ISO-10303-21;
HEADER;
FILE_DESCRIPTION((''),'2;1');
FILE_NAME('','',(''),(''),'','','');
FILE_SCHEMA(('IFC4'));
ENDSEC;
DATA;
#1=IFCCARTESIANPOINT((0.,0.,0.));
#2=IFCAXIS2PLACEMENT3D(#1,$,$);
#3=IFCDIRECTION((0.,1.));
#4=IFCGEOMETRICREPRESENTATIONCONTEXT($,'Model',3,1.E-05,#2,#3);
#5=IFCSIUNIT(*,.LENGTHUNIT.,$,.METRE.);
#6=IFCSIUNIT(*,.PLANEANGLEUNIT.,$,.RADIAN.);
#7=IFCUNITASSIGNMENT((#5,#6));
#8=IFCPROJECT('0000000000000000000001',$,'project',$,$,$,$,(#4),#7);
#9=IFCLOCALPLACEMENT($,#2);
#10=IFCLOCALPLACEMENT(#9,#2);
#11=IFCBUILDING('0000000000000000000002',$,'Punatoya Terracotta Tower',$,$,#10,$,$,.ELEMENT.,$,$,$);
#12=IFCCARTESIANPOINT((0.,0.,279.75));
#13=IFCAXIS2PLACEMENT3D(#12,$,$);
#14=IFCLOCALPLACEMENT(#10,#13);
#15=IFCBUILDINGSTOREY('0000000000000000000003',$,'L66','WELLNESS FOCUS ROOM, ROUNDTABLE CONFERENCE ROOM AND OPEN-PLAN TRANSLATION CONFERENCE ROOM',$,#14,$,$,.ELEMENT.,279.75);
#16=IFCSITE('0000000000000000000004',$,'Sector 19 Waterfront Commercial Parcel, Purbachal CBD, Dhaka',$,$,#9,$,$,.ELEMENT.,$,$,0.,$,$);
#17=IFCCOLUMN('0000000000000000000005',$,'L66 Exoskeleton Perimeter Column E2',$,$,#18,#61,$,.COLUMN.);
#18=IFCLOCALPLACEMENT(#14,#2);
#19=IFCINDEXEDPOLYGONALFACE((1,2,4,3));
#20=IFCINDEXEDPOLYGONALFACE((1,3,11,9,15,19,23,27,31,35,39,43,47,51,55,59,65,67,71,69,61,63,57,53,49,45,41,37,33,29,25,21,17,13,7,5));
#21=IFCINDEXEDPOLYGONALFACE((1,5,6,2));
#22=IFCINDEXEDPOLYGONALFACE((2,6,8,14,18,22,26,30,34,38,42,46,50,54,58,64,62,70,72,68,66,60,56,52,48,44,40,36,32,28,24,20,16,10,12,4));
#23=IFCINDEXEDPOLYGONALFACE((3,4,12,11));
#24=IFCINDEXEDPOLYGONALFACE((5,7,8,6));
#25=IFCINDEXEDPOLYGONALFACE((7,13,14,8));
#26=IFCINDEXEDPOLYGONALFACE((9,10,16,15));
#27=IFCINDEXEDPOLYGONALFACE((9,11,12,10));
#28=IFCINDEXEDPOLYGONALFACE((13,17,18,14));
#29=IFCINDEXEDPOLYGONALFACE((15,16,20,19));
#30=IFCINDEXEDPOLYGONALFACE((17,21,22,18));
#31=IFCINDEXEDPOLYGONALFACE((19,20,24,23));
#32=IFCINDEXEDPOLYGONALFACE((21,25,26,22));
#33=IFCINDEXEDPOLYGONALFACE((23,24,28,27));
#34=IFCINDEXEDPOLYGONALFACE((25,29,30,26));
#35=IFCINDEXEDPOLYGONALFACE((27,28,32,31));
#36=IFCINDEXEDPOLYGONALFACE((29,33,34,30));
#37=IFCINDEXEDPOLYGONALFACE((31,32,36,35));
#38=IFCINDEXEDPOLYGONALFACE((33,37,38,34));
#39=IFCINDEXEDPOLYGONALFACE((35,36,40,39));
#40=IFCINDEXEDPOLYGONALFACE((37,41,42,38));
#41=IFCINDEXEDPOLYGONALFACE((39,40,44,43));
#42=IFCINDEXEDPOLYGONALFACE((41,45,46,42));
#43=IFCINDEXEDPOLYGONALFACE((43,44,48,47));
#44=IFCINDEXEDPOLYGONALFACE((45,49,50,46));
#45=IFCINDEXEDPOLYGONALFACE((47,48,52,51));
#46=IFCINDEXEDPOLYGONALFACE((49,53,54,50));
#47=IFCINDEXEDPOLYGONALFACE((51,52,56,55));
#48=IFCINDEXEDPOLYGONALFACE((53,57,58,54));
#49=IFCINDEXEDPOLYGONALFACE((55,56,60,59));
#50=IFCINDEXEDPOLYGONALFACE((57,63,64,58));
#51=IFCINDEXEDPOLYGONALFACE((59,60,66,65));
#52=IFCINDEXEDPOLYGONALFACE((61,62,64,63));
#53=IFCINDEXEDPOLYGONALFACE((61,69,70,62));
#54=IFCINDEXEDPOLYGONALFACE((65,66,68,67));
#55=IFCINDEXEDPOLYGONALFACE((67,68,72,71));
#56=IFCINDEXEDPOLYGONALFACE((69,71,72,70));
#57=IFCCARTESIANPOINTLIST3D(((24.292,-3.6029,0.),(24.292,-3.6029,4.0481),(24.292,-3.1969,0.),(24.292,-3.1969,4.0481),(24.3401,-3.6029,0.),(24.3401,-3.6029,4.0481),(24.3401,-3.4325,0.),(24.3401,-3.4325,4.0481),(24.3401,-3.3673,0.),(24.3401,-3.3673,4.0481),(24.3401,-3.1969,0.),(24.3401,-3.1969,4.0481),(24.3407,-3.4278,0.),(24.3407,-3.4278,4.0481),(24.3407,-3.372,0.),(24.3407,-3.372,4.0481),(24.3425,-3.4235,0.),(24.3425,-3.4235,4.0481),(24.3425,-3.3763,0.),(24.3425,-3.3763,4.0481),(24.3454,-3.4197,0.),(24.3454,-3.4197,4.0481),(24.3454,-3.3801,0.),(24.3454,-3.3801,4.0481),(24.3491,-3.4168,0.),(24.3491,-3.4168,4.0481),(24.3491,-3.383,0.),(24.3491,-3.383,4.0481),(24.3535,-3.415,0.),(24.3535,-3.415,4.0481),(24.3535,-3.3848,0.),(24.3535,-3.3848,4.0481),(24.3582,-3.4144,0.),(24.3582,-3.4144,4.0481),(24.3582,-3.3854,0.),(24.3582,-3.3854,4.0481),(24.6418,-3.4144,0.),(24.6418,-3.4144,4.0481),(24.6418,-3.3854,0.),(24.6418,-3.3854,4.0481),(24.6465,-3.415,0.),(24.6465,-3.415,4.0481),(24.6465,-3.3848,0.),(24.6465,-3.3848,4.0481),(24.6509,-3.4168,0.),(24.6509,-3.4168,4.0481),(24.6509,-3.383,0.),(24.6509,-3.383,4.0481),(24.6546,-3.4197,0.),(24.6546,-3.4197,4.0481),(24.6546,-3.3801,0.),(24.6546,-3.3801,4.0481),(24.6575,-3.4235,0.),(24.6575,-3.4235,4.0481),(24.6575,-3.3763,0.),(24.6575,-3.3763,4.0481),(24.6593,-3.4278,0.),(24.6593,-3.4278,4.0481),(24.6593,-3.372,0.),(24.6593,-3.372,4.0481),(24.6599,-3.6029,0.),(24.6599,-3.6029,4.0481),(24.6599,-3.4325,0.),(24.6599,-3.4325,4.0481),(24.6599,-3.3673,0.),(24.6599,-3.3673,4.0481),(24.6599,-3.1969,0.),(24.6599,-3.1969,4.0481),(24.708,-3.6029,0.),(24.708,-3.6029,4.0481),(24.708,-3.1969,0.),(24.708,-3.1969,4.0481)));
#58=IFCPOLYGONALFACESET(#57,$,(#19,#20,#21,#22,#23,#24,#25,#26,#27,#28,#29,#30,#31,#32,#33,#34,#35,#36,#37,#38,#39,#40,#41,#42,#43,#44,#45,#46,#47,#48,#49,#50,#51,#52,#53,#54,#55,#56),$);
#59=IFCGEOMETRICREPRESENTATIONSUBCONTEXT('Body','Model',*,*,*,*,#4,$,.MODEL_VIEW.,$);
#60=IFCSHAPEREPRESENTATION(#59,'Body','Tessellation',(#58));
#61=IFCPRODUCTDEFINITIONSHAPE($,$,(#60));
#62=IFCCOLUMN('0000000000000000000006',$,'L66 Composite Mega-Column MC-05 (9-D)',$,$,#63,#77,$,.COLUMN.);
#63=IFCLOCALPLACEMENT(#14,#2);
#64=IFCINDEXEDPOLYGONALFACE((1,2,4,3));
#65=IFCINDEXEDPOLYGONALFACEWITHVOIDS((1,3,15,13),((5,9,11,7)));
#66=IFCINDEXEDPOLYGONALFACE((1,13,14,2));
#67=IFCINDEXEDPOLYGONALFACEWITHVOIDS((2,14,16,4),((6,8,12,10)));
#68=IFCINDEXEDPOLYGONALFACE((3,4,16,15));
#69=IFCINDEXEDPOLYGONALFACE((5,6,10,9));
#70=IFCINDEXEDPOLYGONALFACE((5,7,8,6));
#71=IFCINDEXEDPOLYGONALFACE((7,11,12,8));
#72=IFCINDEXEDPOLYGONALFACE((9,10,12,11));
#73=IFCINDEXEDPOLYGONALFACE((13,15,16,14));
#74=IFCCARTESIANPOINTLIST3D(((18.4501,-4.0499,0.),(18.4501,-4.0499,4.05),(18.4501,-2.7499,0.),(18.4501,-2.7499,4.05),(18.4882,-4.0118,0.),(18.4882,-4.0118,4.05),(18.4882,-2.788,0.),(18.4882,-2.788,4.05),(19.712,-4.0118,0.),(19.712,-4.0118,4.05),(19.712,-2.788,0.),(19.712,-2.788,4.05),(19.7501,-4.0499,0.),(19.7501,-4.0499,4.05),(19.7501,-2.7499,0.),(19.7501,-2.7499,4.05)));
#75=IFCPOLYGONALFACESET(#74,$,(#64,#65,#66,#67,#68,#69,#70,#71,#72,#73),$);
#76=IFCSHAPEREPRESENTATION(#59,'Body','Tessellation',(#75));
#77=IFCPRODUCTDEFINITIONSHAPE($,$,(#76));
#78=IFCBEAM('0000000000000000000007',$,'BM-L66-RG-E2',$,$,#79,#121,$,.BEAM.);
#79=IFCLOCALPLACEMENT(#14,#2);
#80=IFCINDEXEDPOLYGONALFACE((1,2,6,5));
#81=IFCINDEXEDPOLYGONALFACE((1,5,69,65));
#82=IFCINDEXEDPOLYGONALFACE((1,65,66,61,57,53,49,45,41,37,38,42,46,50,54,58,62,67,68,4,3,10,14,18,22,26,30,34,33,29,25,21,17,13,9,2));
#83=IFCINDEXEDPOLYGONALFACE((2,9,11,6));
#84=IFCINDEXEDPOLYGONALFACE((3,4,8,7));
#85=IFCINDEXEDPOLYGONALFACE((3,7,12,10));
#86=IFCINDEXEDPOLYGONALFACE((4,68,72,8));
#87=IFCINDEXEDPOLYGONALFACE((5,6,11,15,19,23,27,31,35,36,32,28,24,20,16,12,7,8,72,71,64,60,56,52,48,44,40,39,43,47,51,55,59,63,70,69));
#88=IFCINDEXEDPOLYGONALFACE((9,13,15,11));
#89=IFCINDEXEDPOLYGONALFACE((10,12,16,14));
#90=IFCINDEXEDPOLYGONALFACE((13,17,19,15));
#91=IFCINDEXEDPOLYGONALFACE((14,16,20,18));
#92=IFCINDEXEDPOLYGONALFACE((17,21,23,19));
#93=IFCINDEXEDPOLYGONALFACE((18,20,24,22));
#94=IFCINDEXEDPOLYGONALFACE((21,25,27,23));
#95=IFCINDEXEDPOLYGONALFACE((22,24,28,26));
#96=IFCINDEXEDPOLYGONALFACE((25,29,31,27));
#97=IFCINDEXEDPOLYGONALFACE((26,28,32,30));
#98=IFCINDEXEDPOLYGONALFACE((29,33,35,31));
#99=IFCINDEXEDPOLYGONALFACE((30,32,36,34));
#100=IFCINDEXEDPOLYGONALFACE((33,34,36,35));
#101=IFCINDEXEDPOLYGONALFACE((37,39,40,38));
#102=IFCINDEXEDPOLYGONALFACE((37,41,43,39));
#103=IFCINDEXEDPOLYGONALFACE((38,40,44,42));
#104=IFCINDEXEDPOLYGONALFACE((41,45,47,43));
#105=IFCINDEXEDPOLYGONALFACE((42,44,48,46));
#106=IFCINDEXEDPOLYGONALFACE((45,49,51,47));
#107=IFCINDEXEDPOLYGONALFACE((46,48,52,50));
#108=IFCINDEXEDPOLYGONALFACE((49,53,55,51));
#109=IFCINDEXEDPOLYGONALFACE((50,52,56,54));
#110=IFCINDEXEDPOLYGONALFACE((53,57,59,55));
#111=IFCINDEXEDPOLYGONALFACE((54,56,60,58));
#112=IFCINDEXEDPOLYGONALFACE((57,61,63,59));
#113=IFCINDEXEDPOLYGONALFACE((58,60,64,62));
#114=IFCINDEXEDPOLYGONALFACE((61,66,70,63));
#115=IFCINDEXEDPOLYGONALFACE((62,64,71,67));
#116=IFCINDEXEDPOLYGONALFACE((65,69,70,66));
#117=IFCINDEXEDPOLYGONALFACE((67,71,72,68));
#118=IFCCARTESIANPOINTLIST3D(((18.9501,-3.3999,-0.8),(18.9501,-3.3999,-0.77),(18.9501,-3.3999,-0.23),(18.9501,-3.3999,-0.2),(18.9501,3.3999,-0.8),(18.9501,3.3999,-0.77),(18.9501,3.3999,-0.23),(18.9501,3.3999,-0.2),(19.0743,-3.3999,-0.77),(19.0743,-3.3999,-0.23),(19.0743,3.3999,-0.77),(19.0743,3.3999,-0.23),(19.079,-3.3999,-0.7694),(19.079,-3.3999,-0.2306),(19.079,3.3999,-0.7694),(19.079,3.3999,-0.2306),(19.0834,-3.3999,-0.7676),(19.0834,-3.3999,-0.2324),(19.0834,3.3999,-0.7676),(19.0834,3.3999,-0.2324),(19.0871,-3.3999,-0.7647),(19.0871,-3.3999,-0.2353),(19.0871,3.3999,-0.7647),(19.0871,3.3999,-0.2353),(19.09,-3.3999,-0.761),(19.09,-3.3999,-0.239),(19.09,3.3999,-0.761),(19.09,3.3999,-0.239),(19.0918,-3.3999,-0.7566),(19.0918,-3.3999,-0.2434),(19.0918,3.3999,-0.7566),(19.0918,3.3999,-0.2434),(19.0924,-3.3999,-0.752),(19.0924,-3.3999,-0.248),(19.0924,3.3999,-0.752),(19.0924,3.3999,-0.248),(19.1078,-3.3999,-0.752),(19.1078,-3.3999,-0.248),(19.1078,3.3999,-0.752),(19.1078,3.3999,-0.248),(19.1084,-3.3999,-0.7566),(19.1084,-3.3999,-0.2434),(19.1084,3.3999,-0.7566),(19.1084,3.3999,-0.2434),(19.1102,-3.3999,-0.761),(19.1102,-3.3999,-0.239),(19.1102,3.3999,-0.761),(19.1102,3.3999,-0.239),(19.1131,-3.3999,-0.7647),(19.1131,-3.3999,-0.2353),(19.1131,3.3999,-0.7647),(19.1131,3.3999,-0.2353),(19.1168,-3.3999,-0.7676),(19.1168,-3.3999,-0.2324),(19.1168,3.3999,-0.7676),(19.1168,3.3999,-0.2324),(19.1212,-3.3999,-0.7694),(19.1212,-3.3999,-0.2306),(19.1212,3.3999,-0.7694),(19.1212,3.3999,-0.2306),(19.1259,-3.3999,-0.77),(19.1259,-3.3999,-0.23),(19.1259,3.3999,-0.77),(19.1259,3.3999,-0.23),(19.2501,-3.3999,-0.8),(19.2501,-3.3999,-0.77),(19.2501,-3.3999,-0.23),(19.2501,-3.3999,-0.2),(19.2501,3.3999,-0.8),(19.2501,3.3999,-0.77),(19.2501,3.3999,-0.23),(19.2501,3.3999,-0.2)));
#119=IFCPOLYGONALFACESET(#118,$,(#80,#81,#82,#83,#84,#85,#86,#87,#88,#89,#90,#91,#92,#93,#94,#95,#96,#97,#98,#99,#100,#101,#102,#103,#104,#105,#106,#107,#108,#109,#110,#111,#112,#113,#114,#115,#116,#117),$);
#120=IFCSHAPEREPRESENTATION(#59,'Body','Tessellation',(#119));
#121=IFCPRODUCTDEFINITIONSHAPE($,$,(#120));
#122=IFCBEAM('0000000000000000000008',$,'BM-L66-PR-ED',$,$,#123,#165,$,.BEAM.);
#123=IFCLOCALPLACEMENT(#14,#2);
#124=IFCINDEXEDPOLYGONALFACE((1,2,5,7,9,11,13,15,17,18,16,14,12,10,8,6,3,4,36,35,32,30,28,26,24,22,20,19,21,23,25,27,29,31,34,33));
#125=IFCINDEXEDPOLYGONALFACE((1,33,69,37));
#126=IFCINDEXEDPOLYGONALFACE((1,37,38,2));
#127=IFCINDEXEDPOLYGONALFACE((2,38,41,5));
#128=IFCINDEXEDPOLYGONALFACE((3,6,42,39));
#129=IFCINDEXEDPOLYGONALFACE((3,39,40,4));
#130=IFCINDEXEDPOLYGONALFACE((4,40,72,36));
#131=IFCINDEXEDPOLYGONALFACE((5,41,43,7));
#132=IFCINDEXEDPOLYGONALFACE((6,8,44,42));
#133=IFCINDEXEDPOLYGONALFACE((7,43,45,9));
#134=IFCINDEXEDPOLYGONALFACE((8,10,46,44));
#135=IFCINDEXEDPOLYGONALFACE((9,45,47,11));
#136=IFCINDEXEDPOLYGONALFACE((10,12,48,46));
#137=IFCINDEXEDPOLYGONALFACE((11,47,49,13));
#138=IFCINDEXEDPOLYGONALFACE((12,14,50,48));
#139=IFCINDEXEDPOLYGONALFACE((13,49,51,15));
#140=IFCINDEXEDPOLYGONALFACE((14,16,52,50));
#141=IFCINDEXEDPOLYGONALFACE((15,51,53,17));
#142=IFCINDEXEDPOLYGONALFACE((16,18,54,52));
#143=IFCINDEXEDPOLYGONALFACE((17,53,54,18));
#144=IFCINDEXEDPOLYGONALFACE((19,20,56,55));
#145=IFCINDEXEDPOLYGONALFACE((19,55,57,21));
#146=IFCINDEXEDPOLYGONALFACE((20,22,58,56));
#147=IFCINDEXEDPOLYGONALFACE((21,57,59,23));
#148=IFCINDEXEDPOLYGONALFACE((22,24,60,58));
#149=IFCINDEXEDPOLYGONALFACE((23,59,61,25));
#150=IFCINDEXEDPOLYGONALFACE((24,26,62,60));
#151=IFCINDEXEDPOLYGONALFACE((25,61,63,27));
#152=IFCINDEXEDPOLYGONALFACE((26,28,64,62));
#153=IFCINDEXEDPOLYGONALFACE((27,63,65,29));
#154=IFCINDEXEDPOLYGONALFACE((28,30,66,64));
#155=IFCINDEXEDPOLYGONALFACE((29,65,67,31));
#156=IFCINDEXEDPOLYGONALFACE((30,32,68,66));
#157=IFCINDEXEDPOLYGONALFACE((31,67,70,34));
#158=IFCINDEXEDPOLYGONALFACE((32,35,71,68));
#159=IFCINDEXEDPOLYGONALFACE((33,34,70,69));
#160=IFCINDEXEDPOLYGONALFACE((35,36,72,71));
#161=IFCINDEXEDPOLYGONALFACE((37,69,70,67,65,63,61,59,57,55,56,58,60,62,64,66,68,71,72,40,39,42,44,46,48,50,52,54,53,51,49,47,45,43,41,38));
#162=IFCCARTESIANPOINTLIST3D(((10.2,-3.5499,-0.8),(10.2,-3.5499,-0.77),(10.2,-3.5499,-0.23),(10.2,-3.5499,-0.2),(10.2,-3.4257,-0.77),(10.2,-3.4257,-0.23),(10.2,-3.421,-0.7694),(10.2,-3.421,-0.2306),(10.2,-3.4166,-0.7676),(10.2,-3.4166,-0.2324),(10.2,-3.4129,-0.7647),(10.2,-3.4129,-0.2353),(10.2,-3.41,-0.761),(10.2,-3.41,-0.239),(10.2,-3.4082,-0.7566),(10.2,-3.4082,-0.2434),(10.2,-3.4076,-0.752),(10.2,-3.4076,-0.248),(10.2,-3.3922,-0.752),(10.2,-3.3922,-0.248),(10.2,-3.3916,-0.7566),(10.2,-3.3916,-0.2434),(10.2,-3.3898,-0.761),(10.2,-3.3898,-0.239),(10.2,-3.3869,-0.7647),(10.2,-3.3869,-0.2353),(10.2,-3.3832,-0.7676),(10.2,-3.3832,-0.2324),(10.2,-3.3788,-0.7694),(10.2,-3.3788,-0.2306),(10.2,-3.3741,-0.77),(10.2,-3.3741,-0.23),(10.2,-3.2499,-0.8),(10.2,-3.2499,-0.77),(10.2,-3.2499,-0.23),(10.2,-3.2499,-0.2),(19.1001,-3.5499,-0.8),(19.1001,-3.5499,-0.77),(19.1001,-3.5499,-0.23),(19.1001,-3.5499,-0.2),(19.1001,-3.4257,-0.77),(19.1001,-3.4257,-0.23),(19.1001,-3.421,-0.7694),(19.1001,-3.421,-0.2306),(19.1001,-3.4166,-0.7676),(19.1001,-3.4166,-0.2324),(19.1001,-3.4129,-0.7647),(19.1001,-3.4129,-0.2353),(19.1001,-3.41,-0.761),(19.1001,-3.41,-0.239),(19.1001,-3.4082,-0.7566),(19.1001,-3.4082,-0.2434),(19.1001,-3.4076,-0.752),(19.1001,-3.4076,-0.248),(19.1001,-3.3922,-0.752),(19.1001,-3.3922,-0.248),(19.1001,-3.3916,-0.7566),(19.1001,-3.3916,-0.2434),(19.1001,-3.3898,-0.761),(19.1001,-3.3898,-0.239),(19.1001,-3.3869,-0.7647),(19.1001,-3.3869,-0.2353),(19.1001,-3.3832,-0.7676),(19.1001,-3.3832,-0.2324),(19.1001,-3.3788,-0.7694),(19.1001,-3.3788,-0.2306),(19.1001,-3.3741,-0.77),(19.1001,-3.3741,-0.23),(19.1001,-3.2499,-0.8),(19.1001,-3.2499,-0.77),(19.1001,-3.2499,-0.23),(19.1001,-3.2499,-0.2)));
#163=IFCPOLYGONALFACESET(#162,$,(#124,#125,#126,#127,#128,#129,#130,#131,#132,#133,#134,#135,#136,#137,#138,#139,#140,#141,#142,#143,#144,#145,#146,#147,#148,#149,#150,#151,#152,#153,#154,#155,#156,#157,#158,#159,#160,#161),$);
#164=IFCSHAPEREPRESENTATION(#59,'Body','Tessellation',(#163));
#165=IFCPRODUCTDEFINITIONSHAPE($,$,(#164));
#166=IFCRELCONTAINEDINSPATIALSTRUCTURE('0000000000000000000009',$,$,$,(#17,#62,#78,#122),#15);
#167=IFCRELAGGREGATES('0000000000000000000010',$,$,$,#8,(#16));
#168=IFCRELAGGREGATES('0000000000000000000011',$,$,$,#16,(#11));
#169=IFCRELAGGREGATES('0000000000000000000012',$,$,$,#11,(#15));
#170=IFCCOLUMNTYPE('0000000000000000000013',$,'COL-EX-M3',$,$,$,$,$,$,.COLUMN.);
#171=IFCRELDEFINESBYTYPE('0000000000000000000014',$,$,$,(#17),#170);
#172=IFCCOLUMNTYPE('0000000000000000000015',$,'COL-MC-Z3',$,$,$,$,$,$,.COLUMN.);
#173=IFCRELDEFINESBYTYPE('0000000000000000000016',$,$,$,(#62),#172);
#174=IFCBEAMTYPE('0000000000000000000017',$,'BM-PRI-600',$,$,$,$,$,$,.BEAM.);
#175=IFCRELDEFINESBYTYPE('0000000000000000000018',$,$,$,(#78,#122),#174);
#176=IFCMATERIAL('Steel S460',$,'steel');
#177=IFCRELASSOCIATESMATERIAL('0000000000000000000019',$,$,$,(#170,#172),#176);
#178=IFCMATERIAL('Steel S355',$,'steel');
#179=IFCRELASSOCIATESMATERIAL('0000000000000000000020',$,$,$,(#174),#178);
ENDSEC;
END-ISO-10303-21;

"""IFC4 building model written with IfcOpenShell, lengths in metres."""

from ifc_helpers import new_model, si_unit, direction, frame, origin, origin_2d, place, context, subcontext, project, spatial, hollow_rectangle, i_section, extrude, material, material_profile, profile_set, type_object, element, save


model = new_model("IFC4")

# Units and contexts
model_context = context("Model", 3, precision=1e-05, world=origin(), true_north=direction((0.0, 1.0)))
body_context = subcontext(model_context, "Body", "Model", "MODEL_VIEW")
ifc_project = project(units=[si_unit("LENGTHUNIT", "METRE"), si_unit("PLANEANGLEUNIT", "RADIAN")], contexts=[model_context])

# Site, building, storey
site_placement = place(None, origin())
site = spatial("IfcSite", under=ifc_project, at=site_placement, Name="Sector 19 Waterfront Commercial Parcel, Purbachal CBD, Dhaka", CompositionType="ELEMENT", RefElevation=0.0)
building_placement = place(site_placement, origin())
building = spatial("IfcBuilding", under=site, at=building_placement, Name="Punatoya Terracotta Tower", CompositionType="ELEMENT")
storey_placement = place(building_placement, frame((0.0, 0.0, 279.75)))
storey = spatial("IfcBuildingStorey", under=building, at=storey_placement, Name="L66", Description="WELLNESS FOCUS ROOM, ROUNDTABLE CONFERENCE ROOM AND OPEN-PLAN TRANSLATION CONFERENCE ROOM", CompositionType="ELEMENT", Elevation=279.75)

# Columns
ifc_material_1 = material(Name="Steel S460", Category="steel")
ifc_material_profile_1 = material_profile(ifc_material_1, i_section(OverallWidth=0.406, OverallDepth=0.416, WebThickness=0.0291, FlangeThickness=0.0481, FilletRadius=0.0181, at=origin_2d()))
ifc_profile_set_1 = profile_set([ifc_material_profile_1], Name="Steel S460")
column_type_1 = type_object("IfcColumnType", Name="COL-EX-M3", PredefinedType="COLUMN", material=ifc_profile_set_1)
column_1_placement = place(storey_placement, frame((24.5, -3.3999, 0.0), z_axis=(0.0, 0.0, 1.0), x_axis=(0.0, 1.0, 0.0)))
element("IfcColumn", 1, at=column_1_placement, inside=storey, type_object=column_type_1, Name="L66 Exoskeleton Perimeter Column E2", PredefinedType="COLUMN", context=body_context, shape_type="SweptSolid", body=[
    extrude(i_section(OverallWidth=0.406, OverallDepth=0.416, WebThickness=0.0291, FlangeThickness=0.0481, FilletRadius=0.0181, at=origin_2d()), origin(), (0.0, 0.0, 1.0), 4.0481),
])
ifc_material_profile_2 = material_profile(ifc_material_1, hollow_rectangle(XDim=1.3, YDim=1.3, WallThickness=0.0381, at=origin_2d()))
ifc_profile_set_2 = profile_set([ifc_material_profile_2], Name="Steel S460")
column_type_2 = type_object("IfcColumnType", Name="COL-MC-Z3", PredefinedType="COLUMN", material=ifc_profile_set_2)
column_2_placement = place(storey_placement, frame((19.1001, -3.3999, 0.0), z_axis=(0.0, 0.0, 1.0), x_axis=(1.0, 0.0, 0.0)))
element("IfcColumn", 2, at=column_2_placement, inside=storey, type_object=column_type_2, Name="L66 Composite Mega-Column MC-05 (9-D)", PredefinedType="COLUMN", context=body_context, shape_type="SweptSolid", body=[
    extrude(hollow_rectangle(XDim=1.3, YDim=1.3, WallThickness=0.0381, at=origin_2d()), origin(), (0.0, 0.0, 1.0), 4.05),
])

# Beams
ifc_material_2 = material(Name="Steel S355", Category="steel")
ifc_material_profile_3 = material_profile(ifc_material_2, i_section(OverallWidth=0.3, OverallDepth=0.6001, WebThickness=0.0154, FlangeThickness=0.03, FilletRadius=0.0181, at=origin_2d()))
ifc_profile_set_3 = profile_set([ifc_material_profile_3], Name="Steel S355")
beam_type_1 = type_object("IfcBeamType", Name="BM-PRI-600", PredefinedType="BEAM", material=ifc_profile_set_3)
beam_1_placement = place(storey_placement, frame((19.1001, -3.3999, -0.5), z_axis=(0.0, 1.0, 0.0), x_axis=(-1.0, 0.0, 0.0)))
element("IfcBeam", 3, at=beam_1_placement, inside=storey, type_object=beam_type_1, Name="BM-L66-RG-E2", PredefinedType="BEAM", context=body_context, shape_type="SweptSolid", body=[
    extrude(i_section(OverallWidth=0.3, OverallDepth=0.6001, WebThickness=0.0154, FlangeThickness=0.03, FilletRadius=0.0181, at=origin_2d()), origin(), (0.0, 0.0, 1.0), 6.7998),
])
beam_2_placement = place(storey_placement, frame((10.2, -3.3999, -0.5), z_axis=(1.0, 0.0, 0.0), x_axis=(0.0, 1.0, 0.0)))
element("IfcBeam", 4, at=beam_2_placement, inside=storey, type_object=beam_type_1, Name="BM-L66-PR-ED", PredefinedType="BEAM", context=body_context, shape_type="SweptSolid", body=[
    extrude(i_section(OverallWidth=0.3, OverallDepth=0.6001, WebThickness=0.0154, FlangeThickness=0.03, FilletRadius=0.0181, at=origin_2d()), origin(), (0.0, 0.0, 1.0), 8.9001),
])

save(model, "model.ifc")
